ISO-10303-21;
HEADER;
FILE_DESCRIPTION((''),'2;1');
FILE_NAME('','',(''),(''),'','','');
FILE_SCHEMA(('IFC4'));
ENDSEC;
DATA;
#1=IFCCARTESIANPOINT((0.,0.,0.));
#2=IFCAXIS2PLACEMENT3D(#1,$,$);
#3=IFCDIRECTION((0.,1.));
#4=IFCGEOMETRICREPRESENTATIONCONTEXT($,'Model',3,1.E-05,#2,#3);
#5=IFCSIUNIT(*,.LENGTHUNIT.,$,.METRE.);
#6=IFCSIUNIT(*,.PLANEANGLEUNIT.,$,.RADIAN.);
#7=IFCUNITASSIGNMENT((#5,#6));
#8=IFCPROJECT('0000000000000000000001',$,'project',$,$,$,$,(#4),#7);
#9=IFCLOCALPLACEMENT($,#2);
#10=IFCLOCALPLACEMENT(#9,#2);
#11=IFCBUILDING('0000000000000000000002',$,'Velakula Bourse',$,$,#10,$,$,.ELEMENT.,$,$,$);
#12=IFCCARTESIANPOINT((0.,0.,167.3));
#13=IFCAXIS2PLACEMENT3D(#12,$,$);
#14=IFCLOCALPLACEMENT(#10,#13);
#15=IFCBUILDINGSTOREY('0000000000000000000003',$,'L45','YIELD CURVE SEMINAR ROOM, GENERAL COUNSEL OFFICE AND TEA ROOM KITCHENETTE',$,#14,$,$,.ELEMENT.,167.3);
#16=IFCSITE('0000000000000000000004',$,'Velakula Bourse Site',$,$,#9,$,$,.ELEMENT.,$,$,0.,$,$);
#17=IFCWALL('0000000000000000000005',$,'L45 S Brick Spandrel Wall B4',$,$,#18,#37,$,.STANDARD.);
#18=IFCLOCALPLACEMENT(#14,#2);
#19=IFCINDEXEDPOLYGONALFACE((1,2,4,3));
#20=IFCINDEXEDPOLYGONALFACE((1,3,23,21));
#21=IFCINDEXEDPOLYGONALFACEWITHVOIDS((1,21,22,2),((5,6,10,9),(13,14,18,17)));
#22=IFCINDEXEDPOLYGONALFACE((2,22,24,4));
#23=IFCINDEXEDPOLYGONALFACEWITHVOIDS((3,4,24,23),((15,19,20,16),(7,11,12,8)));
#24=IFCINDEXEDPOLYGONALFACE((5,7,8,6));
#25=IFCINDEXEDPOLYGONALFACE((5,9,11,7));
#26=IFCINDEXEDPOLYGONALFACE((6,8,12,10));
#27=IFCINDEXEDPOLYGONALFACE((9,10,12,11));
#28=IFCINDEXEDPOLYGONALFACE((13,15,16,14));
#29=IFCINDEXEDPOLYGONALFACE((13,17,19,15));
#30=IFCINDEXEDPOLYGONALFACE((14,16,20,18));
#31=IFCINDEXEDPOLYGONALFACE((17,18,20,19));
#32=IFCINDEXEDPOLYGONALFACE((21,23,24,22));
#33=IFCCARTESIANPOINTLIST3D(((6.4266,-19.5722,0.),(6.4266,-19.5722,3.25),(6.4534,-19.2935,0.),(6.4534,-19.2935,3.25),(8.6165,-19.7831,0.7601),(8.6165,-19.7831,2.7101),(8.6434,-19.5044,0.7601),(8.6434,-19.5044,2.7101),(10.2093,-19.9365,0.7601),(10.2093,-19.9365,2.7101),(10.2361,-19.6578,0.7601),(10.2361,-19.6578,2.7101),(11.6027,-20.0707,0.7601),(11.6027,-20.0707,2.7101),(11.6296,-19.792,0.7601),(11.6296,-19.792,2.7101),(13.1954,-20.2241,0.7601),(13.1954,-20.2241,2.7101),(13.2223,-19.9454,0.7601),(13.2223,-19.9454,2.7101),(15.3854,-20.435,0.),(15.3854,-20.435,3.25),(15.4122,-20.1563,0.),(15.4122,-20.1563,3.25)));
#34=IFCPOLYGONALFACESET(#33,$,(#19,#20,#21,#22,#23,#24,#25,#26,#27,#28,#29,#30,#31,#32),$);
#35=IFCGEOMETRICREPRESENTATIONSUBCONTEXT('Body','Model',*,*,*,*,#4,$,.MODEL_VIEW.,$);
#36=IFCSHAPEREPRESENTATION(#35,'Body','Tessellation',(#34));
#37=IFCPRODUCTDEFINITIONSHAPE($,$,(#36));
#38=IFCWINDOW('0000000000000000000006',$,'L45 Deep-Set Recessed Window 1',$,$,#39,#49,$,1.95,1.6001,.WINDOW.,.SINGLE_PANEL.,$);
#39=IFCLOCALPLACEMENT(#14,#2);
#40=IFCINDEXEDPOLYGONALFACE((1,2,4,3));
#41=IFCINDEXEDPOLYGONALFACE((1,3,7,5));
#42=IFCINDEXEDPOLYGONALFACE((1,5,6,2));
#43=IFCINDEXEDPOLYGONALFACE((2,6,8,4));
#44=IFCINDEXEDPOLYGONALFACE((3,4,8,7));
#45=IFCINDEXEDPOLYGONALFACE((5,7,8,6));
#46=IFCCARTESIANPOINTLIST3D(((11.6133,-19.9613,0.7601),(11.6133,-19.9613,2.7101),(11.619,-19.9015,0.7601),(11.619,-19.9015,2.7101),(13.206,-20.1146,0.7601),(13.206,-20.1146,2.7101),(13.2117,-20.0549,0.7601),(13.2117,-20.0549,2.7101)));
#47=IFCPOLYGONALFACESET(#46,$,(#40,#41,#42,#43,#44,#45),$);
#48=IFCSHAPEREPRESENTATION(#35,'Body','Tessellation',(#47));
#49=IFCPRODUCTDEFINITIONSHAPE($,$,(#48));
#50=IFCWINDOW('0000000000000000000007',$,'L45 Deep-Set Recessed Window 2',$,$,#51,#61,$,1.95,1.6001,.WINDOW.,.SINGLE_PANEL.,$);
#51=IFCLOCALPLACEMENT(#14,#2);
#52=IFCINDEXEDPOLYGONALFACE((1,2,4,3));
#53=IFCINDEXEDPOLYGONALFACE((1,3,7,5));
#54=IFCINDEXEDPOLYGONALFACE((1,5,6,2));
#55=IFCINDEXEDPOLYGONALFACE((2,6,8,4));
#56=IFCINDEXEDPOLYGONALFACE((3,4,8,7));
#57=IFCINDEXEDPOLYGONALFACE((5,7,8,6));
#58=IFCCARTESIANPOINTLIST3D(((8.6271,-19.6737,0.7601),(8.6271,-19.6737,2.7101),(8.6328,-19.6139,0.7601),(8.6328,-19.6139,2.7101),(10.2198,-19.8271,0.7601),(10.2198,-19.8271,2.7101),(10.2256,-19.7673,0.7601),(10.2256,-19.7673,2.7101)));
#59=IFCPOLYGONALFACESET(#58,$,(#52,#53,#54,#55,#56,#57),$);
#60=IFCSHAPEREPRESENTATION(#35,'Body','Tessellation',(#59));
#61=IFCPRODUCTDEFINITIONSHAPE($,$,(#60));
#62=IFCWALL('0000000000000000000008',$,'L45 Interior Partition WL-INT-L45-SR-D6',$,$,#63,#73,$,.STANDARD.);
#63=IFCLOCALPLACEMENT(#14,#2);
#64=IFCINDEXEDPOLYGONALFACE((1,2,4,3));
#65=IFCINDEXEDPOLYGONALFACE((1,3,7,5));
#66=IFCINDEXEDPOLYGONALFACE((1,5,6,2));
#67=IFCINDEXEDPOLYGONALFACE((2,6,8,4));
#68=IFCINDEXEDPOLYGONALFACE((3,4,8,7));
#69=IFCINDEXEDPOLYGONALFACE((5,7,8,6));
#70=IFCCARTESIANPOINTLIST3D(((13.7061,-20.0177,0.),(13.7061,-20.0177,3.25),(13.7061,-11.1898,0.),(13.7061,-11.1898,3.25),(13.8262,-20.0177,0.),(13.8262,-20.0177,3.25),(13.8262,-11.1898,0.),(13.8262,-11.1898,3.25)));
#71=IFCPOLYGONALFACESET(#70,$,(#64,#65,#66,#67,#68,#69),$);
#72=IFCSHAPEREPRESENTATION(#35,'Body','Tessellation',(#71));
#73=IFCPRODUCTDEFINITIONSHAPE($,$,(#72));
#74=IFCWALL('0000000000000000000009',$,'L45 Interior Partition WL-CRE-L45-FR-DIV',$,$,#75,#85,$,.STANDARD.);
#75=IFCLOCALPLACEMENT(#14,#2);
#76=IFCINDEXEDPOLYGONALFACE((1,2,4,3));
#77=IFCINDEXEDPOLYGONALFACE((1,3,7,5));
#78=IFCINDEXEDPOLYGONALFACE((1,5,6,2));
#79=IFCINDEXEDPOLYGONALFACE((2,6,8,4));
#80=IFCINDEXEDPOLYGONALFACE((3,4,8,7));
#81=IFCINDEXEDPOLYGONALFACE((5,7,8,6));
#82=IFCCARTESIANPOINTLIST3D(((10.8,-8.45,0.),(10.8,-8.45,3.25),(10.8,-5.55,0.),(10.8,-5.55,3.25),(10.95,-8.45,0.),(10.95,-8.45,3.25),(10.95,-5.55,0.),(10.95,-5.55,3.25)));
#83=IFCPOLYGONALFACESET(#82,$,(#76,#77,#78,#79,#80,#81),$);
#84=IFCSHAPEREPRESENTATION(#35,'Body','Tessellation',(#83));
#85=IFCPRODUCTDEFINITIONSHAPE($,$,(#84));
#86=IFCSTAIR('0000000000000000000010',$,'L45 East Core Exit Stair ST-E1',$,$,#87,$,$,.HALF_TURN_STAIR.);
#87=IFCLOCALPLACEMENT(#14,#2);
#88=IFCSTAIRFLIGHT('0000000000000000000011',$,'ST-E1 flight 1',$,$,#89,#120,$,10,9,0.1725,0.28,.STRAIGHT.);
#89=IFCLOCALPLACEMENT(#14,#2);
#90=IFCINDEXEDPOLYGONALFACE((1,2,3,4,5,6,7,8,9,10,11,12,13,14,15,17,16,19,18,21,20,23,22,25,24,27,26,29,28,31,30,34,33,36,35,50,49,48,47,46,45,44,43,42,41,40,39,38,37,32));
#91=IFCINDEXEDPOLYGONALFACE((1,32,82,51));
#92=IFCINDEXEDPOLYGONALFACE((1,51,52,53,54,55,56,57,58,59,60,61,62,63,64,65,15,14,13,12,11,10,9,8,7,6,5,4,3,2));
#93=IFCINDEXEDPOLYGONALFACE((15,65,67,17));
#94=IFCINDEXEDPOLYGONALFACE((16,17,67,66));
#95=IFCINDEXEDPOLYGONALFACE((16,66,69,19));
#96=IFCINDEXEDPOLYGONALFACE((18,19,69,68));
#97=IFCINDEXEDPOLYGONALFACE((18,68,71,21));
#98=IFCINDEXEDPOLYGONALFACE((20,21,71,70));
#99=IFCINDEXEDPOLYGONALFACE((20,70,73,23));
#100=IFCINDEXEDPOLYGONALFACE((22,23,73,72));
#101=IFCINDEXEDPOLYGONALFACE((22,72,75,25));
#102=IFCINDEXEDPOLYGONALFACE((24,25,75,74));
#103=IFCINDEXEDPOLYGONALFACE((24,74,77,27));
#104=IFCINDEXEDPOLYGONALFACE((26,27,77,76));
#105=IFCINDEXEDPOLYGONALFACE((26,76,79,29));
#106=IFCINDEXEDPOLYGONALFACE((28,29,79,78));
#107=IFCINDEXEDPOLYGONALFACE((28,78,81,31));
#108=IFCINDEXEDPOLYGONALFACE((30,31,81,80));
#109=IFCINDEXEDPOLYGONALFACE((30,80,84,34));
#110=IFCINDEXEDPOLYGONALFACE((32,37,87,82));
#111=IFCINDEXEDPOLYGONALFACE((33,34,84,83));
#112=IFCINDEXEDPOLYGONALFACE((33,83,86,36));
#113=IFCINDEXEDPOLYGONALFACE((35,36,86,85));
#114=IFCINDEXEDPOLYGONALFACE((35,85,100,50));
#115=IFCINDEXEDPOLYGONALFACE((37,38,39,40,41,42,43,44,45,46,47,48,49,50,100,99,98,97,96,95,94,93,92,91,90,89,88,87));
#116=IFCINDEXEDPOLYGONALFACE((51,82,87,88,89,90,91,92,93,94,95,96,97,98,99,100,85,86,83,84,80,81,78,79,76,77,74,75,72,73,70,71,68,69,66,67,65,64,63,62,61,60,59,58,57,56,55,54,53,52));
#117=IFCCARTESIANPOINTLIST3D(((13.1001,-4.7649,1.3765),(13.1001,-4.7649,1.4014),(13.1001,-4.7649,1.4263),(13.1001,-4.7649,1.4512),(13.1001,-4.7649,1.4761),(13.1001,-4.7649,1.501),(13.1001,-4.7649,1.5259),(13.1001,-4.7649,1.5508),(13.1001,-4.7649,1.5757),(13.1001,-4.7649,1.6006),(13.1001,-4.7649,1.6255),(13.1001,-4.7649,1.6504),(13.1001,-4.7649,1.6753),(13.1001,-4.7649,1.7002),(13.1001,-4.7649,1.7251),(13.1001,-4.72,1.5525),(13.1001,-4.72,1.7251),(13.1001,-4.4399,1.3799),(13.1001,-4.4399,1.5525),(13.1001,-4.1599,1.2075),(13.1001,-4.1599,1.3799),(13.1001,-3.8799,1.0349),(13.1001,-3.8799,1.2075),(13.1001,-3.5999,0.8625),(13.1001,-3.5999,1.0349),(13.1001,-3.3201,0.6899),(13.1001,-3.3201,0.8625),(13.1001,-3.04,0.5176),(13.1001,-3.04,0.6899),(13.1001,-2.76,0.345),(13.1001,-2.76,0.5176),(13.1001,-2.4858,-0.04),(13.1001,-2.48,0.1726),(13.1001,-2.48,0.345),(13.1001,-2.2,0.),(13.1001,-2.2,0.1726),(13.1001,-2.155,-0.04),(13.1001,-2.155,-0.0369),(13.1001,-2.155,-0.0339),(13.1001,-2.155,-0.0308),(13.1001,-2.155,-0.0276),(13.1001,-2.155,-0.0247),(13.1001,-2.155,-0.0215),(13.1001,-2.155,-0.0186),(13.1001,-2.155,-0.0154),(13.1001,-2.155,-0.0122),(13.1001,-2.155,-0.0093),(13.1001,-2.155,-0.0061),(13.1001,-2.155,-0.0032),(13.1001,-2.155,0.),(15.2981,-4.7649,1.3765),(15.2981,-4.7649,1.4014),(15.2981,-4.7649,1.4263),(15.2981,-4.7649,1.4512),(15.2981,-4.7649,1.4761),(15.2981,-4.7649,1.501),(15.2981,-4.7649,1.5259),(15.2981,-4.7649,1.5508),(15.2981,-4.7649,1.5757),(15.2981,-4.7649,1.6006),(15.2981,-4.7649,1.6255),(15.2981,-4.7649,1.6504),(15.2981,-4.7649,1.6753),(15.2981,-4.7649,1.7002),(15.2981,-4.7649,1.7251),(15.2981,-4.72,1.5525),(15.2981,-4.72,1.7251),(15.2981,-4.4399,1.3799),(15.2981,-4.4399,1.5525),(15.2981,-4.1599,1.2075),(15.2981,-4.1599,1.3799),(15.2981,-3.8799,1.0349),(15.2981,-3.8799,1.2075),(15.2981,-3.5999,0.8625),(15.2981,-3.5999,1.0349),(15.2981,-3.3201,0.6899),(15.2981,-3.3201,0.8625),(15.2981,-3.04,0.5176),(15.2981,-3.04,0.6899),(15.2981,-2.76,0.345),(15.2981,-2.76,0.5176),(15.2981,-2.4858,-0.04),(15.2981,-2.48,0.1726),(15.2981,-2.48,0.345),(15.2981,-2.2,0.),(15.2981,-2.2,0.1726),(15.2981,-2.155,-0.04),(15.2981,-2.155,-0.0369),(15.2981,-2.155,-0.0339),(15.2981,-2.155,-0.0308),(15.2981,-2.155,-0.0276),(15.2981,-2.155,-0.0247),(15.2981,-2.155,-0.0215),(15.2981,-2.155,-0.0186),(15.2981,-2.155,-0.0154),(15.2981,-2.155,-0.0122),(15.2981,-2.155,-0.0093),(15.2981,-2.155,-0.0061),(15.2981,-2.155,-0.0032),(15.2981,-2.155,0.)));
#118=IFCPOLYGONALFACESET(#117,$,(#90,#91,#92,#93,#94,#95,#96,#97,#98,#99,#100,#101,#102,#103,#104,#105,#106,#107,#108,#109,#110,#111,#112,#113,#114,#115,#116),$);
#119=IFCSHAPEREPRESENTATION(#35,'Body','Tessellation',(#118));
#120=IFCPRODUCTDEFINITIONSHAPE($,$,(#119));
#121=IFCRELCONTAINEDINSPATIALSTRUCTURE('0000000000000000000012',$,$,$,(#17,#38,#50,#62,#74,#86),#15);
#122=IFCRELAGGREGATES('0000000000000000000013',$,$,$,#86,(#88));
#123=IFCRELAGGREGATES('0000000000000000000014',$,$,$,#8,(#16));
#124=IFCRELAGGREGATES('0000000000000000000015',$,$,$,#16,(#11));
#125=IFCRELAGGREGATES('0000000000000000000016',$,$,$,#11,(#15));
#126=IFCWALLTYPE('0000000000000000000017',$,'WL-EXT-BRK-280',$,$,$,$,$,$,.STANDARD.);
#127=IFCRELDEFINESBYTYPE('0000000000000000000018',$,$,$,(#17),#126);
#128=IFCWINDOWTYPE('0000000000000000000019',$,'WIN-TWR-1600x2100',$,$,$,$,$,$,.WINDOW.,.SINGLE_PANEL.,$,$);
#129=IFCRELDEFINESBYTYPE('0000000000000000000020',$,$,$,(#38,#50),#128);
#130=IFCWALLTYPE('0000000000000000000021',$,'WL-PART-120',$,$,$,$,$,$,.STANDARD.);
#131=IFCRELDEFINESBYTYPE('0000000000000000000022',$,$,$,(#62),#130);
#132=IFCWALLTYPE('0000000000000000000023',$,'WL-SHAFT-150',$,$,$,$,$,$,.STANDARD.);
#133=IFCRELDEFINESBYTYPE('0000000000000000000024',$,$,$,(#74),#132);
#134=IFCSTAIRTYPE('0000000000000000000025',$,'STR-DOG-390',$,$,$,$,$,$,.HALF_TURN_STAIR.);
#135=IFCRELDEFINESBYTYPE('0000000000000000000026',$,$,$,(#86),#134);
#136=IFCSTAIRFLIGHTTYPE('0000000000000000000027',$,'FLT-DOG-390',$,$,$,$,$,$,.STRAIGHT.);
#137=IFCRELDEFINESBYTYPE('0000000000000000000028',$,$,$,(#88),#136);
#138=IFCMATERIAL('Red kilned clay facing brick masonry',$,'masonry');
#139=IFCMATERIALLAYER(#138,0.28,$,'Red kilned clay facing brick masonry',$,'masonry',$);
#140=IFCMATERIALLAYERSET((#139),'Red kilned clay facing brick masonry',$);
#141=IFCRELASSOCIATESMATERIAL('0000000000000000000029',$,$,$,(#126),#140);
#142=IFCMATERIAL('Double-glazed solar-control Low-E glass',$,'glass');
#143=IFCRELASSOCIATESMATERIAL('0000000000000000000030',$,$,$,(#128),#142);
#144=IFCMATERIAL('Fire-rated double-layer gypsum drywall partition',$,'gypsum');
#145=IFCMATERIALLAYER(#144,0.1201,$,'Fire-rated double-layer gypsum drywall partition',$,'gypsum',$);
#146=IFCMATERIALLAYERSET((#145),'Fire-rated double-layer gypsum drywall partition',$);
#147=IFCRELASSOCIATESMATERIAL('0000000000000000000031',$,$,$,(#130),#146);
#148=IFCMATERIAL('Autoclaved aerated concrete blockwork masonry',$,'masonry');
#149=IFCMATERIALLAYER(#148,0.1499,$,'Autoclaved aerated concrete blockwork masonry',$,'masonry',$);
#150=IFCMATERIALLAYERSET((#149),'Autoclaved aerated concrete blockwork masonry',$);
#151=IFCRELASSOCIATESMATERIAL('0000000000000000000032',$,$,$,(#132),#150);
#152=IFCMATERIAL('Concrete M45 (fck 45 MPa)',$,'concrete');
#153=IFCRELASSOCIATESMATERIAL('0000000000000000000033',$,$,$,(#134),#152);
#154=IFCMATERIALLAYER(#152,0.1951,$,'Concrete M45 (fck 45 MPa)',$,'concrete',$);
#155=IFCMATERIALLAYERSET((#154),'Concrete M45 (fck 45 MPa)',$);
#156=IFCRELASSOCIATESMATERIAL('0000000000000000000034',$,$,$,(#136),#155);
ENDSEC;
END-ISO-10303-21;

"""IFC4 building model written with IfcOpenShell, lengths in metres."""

from ifc_helpers import new_model, si_unit, direction, frame, frame_2d, origin, place, context, subcontext, project, spatial, polyline, rectangle, outline, extrude, material, layer, layer_set, type_object, element, fill, aggregate, save


model = new_model("IFC4")

# Units and contexts
model_context = context("Model", 3, precision=1e-05, world=origin(), true_north=direction((0.0, 1.0)))
body_context = subcontext(model_context, "Body", "Model", "MODEL_VIEW")
ifc_project = project(units=[si_unit("LENGTHUNIT", "METRE"), si_unit("PLANEANGLEUNIT", "RADIAN")], contexts=[model_context])

# Site, building, storey
site_placement = place(None, origin())
site = spatial("IfcSite", under=ifc_project, at=site_placement, Name="Velakula Bourse Site", CompositionType="ELEMENT", RefElevation=0.0)
building_placement = place(site_placement, origin())
building = spatial("IfcBuilding", under=site, at=building_placement, Name="Velakula Bourse", CompositionType="ELEMENT")
storey_placement = place(building_placement, frame((0.0, 0.0, 167.3)))
storey = spatial("IfcBuildingStorey", under=building, at=storey_placement, Name="L45", Description="YIELD CURVE SEMINAR ROOM, GENERAL COUNSEL OFFICE AND TEA ROOM KITCHENETTE", CompositionType="ELEMENT", Elevation=167.3)

# Wall, openings, windows
ifc_material_1 = material(Name="Red kilned clay facing brick masonry", Category="masonry")
ifc_layer_1 = layer(ifc_material_1, 0.28, Name="Red kilned clay facing brick masonry", Category="masonry")
ifc_layer_set_1 = layer_set([ifc_layer_1], Name="Red kilned clay facing brick masonry")
wall_type_1 = type_object("IfcWallType", Name="WL-EXT-BRK-280", PredefinedType="STANDARD", material=ifc_layer_set_1)
wall_1_placement = place(storey_placement, frame((15.3987, -20.2957, 0.0), z_axis=(0.0, 0.0, 1.0), x_axis=(-0.995394, 0.095864, 0.0)))
wall_1 = element("IfcWall", 1, at=wall_1_placement, inside=storey, type_object=wall_type_1, Name="L45 S Brick Spandrel Wall B4", PredefinedType="STANDARD", context=body_context, shape_type="SweptSolid", body=[
    extrude(rectangle(XDim=9.0002, YDim=0.28, at=frame_2d((4.5, 0.0))), origin(), (0.0, 0.0, 1.0), 3.25),
])
opening_1_placement = place(wall_1_placement, frame((2.2, 0.0, 0.76)))
opening_1 = element("IfcOpeningElement", 2, at=opening_1_placement, cuts=wall_1, PredefinedType="OPENING", context=body_context, shape_type="SweptSolid", body=[
    extrude(rectangle(XDim=1.6001, YDim=1.95, at=frame_2d((0.8, 0.9751))), frame((0.0, 0.1499, 0.0), z_axis=(0.0, -1.0, 0.0), x_axis=(1.0, 0.0, 0.0)), (0.0, 0.0, 1.0), 0.3),
])
opening_2_placement = place(wall_1_placement, frame((5.2, 0.0, 0.76)))
opening_2 = element("IfcOpeningElement", 3, at=opening_2_placement, cuts=wall_1, PredefinedType="OPENING", context=body_context, shape_type="SweptSolid", body=[
    extrude(rectangle(XDim=1.6001, YDim=1.95, at=frame_2d((0.8, 0.9751))), frame((0.0, 0.1499, 0.0), z_axis=(0.0, -1.0, 0.0), x_axis=(1.0, 0.0, 0.0)), (0.0, 0.0, 1.0), 0.3),
])
ifc_material_2 = material(Name="Double-glazed solar-control Low-E glass", Category="glass")
window_type = type_object("IfcWindowType", Name="WIN-TWR-1600x2100", PartitioningType="SINGLE_PANEL", PredefinedType="WINDOW", material=ifc_material_2)
window_1_placement = place(opening_1_placement, origin())
window_1 = element("IfcWindow", 4, at=window_1_placement, inside=storey, type_object=window_type, Name="L45 Deep-Set Recessed Window 1", OverallHeight=1.95, OverallWidth=1.6001, PartitioningType="SINGLE_PANEL", PredefinedType="WINDOW", context=body_context, shape_type="SweptSolid", body=[
    extrude(rectangle(XDim=1.6001, YDim=1.95, at=frame_2d((0.8, 0.9751))), frame((0.0, 0.03, 0.0), z_axis=(0.0, -1.0, 0.0), x_axis=(1.0, 0.0, 0.0)), (0.0, 0.0, 1.0), 0.0601),
])
fill(opening_1, window_1)
window_2_placement = place(opening_2_placement, origin())
window_2 = element("IfcWindow", 5, at=window_2_placement, inside=storey, type_object=window_type, Name="L45 Deep-Set Recessed Window 2", OverallHeight=1.95, OverallWidth=1.6001, PartitioningType="SINGLE_PANEL", PredefinedType="WINDOW", context=body_context, shape_type="SweptSolid", body=[
    extrude(rectangle(XDim=1.6001, YDim=1.95, at=frame_2d((0.8, 0.9751))), frame((0.0, 0.03, 0.0), z_axis=(0.0, -1.0, 0.0), x_axis=(1.0, 0.0, 0.0)), (0.0, 0.0, 1.0), 0.0601),
])
fill(opening_2, window_2)

# Walls
ifc_material_3 = material(Name="Fire-rated double-layer gypsum drywall partition", Category="gypsum")
ifc_layer_2 = layer(ifc_material_3, 0.1201, Name="Fire-rated double-layer gypsum drywall partition", Category="gypsum")
ifc_layer_set_2 = layer_set([ifc_layer_2], Name="Fire-rated double-layer gypsum drywall partition")
wall_type_2 = type_object("IfcWallType", Name="WL-PART-120", PredefinedType="STANDARD", material=ifc_layer_set_2)
wall_2_placement = place(storey_placement, frame((13.7661, -20.0178, 0.0), z_axis=(0.0, 0.0, 1.0), x_axis=(0.0, 1.0, 0.0)))
element("IfcWall", 6, at=wall_2_placement, inside=storey, type_object=wall_type_2, Name="L45 Interior Partition WL-INT-L45-SR-D6", PredefinedType="STANDARD", context=body_context, shape_type="SweptSolid", body=[
    extrude(rectangle(XDim=8.8279, YDim=0.1201, at=frame_2d((4.4141, 0.0))), origin(), (0.0, 0.0, 1.0), 3.25),
])
ifc_material_4 = material(Name="Autoclaved aerated concrete blockwork masonry", Category="masonry")
ifc_layer_3 = layer(ifc_material_4, 0.1499, Name="Autoclaved aerated concrete blockwork masonry", Category="masonry")
ifc_layer_set_3 = layer_set([ifc_layer_3], Name="Autoclaved aerated concrete blockwork masonry")
wall_type_3 = type_object("IfcWallType", Name="WL-SHAFT-150", PredefinedType="STANDARD", material=ifc_layer_set_3)
wall_3_placement = place(storey_placement, frame((10.875, -8.45, 0.0), z_axis=(0.0, 0.0, 1.0), x_axis=(0.0, 1.0, 0.0)))
element("IfcWall", 7, at=wall_3_placement, inside=storey, type_object=wall_type_3, Name="L45 Interior Partition WL-CRE-L45-FR-DIV", PredefinedType="STANDARD", context=body_context, shape_type="SweptSolid", body=[
    extrude(rectangle(XDim=2.8999, YDim=0.1499, at=frame_2d((1.45, 0.0))), origin(), (0.0, 0.0, 1.0), 3.25),
])

# Stair, stair flight
ifc_material_5 = material(Name="Concrete M45 (fck 45 MPa)", Category="concrete")
stair_type = type_object("IfcStairType", Name="STR-DOG-390", PredefinedType="HALF_TURN_STAIR", material=ifc_material_5)
stair_placement = place(storey_placement, origin())
stair = element("IfcStair", 8, at=stair_placement, inside=storey, type_object=stair_type, Name="L45 East Core Exit Stair ST-E1", PredefinedType="HALF_TURN_STAIR")
ifc_layer_4 = layer(ifc_material_5, 0.1951, Name="Concrete M45 (fck 45 MPa)", Category="concrete")
ifc_layer_set_4 = layer_set([ifc_layer_4], Name="Concrete M45 (fck 45 MPa)")
stair_flight_type = type_object("IfcStairFlightType", Name="FLT-DOG-390", PredefinedType="STRAIGHT", material=ifc_layer_set_4)
stair_flight_1_placement = place(storey_placement, frame((14.199, -2.2, 0.0), z_axis=(0.0, 0.0, 1.0), x_axis=(0.0, -1.0, 0.0)))
stair_flight_1 = element("IfcStairFlight", 9, at=stair_flight_1_placement, type_object=stair_flight_type, Name="ST-E1 flight 1", NumberOfRisers=10, NumberOfTreads=9, PredefinedType="STRAIGHT", RiserHeight=0.1725, TreadLength=0.28, context=body_context, shape_type="SweptSolid", body=[
    extrude(outline(polyline([(-0.0449, -0.04), (-0.0449, -0.0369), (-0.0449, -0.0339), (-0.0449, -0.0308), (-0.0449, -0.0276), (-0.0449, -0.0247), (-0.0449, -0.0215), (-0.0449, -0.0186), (-0.0449, -0.0154), (-0.0449, -0.0122), (-0.0449, -0.0093), (-0.0449, -0.0061), (-0.0449, -0.0032), (-0.0449, 0.0), (0.0, 0.0), (0.0, 0.1726), (0.28, 0.1726), (0.28, 0.345), (0.5601, 0.345), (0.5601, 0.5176), (0.8401, 0.5176), (0.8401, 0.6899), (1.1201, 0.6899), (1.1201, 0.8625), (1.3999, 0.8625), (1.3999, 1.0349), (1.6799, 1.0349), (1.6799, 1.2075), (1.96, 1.2075), (1.96, 1.3799), (2.24, 1.3799), (2.24, 1.5525), (2.52, 1.5525), (2.52, 1.7251), (2.5649, 1.7251), (2.5649, 1.7002), (2.5649, 1.6753), (2.5649, 1.6504), (2.5649, 1.6255), (2.5649, 1.6006), (2.5649, 1.5757), (2.5649, 1.5508), (2.5649, 1.5259), (2.5649, 1.501), (2.5649, 1.4761), (2.5649, 1.4512), (2.5649, 1.4263), (2.5649, 1.4014), (2.5649, 1.3765), (0.2859, -0.04), (-0.0449, -0.04)])), frame((0.0, 1.0991, 0.0), z_axis=(0.0, -1.0, 0.0), x_axis=(1.0, 0.0, 0.0)), (0.0, 0.0, 1.0), 2.198),
])
aggregate(stair, [stair_flight_1])

save(model, "model.ifc")
